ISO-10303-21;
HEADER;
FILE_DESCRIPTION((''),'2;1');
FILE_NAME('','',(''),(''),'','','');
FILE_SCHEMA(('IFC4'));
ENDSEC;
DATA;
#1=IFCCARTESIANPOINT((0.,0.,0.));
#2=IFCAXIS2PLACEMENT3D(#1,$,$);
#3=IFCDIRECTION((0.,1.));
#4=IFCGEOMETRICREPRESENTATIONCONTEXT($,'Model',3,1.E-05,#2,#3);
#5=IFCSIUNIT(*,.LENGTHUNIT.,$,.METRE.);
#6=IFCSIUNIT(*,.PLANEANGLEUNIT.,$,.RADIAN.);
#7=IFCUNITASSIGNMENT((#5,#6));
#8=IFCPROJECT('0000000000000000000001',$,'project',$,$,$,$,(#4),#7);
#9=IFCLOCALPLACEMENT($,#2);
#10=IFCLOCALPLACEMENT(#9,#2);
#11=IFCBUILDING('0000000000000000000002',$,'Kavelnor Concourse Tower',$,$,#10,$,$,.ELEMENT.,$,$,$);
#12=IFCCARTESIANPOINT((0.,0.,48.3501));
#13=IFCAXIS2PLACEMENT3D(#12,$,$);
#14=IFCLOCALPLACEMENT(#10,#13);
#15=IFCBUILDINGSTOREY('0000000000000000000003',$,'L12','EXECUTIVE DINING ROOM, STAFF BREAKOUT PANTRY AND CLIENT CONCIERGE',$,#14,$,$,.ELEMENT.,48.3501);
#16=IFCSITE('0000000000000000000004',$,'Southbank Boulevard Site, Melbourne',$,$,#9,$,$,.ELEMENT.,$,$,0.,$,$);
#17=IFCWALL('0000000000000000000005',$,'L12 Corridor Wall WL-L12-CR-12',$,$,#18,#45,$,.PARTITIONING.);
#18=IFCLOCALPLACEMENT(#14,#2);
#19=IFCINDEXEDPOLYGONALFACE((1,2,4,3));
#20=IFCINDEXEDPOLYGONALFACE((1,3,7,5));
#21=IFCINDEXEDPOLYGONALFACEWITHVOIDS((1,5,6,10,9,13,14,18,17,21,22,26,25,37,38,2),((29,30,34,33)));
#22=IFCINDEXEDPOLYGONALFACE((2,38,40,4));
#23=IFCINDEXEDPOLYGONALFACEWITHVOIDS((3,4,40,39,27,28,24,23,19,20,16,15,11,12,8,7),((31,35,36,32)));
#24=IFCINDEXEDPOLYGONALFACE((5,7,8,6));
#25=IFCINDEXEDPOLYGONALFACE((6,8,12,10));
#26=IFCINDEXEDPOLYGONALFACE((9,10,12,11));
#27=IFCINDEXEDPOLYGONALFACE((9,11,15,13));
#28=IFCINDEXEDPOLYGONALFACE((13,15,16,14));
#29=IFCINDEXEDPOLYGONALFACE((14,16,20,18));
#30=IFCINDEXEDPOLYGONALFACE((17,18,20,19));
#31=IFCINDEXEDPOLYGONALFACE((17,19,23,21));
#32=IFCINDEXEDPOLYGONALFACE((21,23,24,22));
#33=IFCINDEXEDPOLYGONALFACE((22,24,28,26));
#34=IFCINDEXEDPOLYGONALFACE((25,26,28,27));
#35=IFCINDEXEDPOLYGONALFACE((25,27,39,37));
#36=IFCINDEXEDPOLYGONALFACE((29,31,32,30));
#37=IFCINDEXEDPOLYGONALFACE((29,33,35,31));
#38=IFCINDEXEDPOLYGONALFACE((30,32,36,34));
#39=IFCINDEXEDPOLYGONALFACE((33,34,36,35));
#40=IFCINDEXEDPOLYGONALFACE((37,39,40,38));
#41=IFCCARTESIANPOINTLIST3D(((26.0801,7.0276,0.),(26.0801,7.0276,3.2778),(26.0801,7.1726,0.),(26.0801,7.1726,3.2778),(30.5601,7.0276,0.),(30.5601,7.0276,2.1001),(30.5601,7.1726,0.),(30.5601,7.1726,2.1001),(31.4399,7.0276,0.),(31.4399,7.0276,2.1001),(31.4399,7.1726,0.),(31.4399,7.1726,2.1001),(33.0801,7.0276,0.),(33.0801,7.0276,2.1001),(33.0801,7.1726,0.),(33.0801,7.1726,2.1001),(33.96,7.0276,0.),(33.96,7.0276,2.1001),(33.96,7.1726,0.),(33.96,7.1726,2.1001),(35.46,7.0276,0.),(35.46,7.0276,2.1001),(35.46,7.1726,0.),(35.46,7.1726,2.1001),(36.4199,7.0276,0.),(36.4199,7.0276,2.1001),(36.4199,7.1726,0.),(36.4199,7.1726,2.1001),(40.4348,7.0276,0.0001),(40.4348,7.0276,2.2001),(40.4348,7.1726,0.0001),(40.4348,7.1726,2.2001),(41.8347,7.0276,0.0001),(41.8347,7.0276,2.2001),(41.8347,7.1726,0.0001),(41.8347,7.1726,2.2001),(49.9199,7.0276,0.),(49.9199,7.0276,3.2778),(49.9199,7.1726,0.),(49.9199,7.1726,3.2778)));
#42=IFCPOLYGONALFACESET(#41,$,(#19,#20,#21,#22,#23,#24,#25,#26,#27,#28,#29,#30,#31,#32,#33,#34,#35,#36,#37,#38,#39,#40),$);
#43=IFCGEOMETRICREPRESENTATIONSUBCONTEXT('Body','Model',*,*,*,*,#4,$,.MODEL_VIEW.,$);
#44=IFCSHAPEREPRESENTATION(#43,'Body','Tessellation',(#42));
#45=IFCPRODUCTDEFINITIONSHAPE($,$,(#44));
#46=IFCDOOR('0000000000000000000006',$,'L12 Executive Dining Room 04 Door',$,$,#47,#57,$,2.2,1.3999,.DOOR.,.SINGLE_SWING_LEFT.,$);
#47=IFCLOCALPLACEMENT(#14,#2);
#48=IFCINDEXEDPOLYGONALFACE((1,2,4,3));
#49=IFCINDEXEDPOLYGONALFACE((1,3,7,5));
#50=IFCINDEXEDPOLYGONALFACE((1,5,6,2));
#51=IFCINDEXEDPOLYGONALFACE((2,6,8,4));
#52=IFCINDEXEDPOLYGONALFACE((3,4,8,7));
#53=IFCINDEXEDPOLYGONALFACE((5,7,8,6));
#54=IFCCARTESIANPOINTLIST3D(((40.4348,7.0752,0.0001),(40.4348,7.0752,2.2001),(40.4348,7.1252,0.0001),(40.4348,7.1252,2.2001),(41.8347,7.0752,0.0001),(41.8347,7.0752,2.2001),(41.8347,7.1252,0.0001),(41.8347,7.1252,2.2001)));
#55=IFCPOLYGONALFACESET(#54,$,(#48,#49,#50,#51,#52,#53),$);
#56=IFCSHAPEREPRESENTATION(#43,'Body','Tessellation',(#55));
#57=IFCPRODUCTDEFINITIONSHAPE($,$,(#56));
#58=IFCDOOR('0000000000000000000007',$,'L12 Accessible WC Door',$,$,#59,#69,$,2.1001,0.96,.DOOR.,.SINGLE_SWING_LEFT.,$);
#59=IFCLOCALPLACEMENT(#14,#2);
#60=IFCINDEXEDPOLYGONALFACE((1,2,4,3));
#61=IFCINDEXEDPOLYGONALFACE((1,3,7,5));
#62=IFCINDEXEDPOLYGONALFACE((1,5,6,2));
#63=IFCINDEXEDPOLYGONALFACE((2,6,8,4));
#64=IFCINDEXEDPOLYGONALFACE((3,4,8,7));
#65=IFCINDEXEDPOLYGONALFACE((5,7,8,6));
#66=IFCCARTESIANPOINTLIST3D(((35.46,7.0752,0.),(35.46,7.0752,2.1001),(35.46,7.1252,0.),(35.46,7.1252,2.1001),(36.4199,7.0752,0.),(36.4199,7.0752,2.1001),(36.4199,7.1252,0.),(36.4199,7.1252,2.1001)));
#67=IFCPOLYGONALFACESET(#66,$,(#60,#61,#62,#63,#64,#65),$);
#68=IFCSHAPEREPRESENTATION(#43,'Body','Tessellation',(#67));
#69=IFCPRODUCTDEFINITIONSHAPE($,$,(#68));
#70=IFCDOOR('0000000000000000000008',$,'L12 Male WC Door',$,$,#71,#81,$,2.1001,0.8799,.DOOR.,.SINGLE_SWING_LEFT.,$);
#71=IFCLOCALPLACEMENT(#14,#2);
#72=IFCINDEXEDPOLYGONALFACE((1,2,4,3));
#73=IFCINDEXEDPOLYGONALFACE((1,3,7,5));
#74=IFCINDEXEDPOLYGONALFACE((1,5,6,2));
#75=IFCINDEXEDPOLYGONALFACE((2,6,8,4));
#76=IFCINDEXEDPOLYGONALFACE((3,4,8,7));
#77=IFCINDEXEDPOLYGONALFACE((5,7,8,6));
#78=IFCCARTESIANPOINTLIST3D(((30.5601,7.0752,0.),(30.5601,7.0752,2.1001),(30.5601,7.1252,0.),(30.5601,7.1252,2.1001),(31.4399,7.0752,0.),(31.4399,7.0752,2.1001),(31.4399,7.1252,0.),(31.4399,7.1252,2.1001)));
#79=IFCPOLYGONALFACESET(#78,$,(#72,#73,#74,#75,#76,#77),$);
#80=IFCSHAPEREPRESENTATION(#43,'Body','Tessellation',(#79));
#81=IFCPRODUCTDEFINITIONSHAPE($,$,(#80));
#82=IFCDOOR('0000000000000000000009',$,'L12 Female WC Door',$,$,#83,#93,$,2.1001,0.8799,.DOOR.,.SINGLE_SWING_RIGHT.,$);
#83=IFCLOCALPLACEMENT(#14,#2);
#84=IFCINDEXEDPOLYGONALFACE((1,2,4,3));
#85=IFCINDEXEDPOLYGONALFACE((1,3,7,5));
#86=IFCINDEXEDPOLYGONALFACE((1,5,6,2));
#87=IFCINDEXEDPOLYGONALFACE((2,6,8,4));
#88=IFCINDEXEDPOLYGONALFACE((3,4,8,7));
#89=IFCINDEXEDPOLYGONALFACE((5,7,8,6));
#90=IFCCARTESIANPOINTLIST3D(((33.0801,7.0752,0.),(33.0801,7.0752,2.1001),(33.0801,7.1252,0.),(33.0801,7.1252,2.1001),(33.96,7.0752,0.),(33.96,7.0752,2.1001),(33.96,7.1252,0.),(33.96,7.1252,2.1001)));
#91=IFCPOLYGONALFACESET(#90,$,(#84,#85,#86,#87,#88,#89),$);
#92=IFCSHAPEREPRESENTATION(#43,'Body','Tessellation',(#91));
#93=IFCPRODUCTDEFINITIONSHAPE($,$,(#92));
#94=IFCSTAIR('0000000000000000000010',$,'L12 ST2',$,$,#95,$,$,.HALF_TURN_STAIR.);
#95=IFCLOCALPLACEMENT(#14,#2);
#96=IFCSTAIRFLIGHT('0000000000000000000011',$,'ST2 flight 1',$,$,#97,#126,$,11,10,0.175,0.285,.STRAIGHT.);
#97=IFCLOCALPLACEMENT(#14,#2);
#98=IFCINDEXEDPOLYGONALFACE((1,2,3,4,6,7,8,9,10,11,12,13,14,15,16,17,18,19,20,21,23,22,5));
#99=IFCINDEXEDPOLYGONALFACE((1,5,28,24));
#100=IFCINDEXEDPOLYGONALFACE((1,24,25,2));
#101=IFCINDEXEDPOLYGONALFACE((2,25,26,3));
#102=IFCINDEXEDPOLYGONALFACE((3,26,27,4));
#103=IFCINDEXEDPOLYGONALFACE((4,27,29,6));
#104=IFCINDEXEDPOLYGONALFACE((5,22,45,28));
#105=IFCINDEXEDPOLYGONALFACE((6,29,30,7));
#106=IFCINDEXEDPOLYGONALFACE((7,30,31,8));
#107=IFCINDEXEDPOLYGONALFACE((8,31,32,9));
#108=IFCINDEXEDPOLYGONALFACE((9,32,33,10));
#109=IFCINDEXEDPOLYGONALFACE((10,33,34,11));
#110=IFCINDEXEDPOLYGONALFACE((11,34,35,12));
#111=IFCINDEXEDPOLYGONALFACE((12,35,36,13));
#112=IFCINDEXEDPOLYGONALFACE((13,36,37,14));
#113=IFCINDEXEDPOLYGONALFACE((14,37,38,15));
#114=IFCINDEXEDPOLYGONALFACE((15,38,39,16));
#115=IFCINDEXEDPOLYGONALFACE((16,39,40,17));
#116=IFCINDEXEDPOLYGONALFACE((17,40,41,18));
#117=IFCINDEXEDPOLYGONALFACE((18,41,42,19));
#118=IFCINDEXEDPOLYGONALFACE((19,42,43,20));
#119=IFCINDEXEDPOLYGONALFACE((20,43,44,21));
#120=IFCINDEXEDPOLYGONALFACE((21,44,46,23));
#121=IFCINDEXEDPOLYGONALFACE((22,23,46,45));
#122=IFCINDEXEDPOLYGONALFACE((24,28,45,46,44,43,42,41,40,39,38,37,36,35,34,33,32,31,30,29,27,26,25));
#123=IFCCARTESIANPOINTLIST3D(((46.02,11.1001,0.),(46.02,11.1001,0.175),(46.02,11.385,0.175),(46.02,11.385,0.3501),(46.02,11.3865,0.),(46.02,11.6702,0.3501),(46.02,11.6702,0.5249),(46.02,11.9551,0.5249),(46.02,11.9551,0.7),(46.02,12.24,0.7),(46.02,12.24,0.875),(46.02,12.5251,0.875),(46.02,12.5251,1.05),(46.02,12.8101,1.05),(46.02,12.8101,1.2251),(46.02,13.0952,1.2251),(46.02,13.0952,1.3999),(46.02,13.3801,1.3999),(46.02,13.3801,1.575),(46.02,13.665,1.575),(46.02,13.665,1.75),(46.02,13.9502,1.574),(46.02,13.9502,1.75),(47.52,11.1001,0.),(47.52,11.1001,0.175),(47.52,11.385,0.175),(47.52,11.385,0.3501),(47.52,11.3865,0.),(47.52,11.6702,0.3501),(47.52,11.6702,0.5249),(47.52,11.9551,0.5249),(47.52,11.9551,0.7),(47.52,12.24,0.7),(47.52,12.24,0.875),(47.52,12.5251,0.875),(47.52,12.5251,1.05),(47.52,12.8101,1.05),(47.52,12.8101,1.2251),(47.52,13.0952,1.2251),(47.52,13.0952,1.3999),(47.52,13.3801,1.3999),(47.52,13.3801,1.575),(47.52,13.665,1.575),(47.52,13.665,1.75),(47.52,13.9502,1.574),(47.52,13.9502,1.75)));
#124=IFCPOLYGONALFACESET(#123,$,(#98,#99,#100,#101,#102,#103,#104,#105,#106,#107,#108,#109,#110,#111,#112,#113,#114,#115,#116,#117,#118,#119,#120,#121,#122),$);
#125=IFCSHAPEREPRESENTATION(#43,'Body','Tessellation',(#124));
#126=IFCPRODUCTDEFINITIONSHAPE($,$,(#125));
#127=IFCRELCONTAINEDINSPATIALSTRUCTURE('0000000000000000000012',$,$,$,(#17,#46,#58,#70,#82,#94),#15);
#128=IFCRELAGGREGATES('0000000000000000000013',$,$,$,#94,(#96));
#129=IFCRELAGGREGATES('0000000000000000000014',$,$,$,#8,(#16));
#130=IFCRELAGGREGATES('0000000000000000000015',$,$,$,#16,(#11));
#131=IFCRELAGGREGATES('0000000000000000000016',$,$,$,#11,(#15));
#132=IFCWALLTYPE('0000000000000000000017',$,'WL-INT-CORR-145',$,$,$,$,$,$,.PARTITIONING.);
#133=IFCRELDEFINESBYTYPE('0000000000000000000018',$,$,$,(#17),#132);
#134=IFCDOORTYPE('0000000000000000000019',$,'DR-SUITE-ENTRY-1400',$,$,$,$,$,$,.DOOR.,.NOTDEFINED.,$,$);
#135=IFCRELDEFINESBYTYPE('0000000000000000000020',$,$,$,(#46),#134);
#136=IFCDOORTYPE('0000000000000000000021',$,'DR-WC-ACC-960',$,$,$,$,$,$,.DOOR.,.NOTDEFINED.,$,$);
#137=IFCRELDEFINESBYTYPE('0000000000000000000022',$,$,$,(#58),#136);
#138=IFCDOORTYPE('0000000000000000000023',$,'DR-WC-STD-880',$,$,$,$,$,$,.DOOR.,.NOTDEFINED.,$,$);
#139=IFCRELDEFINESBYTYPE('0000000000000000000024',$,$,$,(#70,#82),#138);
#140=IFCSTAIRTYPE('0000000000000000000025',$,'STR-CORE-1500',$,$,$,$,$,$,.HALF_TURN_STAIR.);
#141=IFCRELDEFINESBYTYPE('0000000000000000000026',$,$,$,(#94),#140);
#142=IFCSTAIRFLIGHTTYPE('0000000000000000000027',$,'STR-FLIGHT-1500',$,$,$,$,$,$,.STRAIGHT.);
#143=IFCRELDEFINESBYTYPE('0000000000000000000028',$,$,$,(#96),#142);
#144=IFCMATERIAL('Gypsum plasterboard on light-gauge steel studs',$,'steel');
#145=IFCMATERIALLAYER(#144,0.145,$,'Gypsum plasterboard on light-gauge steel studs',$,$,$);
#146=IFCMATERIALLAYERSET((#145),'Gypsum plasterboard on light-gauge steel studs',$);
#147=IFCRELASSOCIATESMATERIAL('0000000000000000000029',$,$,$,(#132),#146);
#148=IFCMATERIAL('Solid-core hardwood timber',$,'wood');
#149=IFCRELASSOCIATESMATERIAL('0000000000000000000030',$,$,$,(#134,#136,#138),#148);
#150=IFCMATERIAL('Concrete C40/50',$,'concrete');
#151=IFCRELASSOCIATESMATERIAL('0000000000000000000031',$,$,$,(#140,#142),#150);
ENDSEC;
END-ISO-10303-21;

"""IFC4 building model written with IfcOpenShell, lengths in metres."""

from ifc_helpers import new_model, si_unit, direction, frame, frame_2d, origin, place, context, subcontext, project, spatial, polyline, rectangle, outline, extrude, material, layer, layer_set, type_object, element, fill, aggregate, save


model = new_model("IFC4")

# Units and contexts
model_context = context("Model", 3, precision=1e-05, world=origin(), true_north=direction((0.0, 1.0)))
body_context = subcontext(model_context, "Body", "Model", "MODEL_VIEW")
ifc_project = project(units=[si_unit("LENGTHUNIT", "METRE"), si_unit("PLANEANGLEUNIT", "RADIAN")], contexts=[model_context])

# Site, building, storey
site_placement = place(None, origin())
site = spatial("IfcSite", under=ifc_project, at=site_placement, Name="Southbank Boulevard Site, Melbourne", CompositionType="ELEMENT", RefElevation=0.0)
building_placement = place(site_placement, origin())
building = spatial("IfcBuilding", under=site, at=building_placement, Name="Kavelnor Concourse Tower", CompositionType="ELEMENT")
storey_placement = place(building_placement, frame((0.0, 0.0, 48.3501)))
storey = spatial("IfcBuildingStorey", under=building, at=storey_placement, Name="L12", Description="EXECUTIVE DINING ROOM, STAFF BREAKOUT PANTRY AND CLIENT CONCIERGE", CompositionType="ELEMENT", Elevation=48.3501)

# Shared definitions
ifc_material_1 = material(Name="Gypsum plasterboard on light-gauge steel studs", Category="steel")
ifc_layer_1 = layer(ifc_material_1, 0.145, Name="Gypsum plasterboard on light-gauge steel studs")
ifc_layer_set_1 = layer_set([ifc_layer_1], Name="Gypsum plasterboard on light-gauge steel studs")
wall_type_1 = type_object("IfcWallType", Name="WL-INT-CORR-145", PredefinedType="PARTITIONING", material=ifc_layer_set_1)

# Wall, openings, doors
wall_1_placement = place(storey_placement, frame((49.9199, 7.1001, 0.0), z_axis=(0.0, 0.0, 1.0), x_axis=(-1.0, 0.0, 0.0)))
wall_1 = element("IfcWall", 1, at=wall_1_placement, inside=storey, type_object=wall_type_1, Name="L12 Corridor Wall WL-L12-CR-12", PredefinedType="PARTITIONING", context=body_context, shape_type="SweptSolid", body=[
    extrude(rectangle(XDim=23.8398, YDim=0.145, at=frame_2d((11.9199, 0.0))), origin(), (0.0, 0.0, 1.0), 3.2778),
])
opening_1_placement = place(wall_1_placement, frame((18.48, 0.0, 0.0)))
opening_1 = element("IfcOpeningElement", 2, at=opening_1_placement, cuts=wall_1, PredefinedType="OPENING", context=body_context, shape_type="SweptSolid", body=[
    extrude(rectangle(XDim=0.8799, YDim=2.1001, at=frame_2d((0.4399, 1.05))), frame((0.0, 0.0825, 0.0), z_axis=(0.0, -1.0, 0.0), x_axis=(1.0, 0.0, 0.0)), (0.0, 0.0, 1.0), 0.165),
])
opening_2_placement = place(wall_1_placement, frame((15.96, 0.0, 0.0)))
opening_2 = element("IfcOpeningElement", 3, at=opening_2_placement, cuts=wall_1, PredefinedType="OPENING", context=body_context, shape_type="SweptSolid", body=[
    extrude(rectangle(XDim=0.8799, YDim=2.1001, at=frame_2d((0.4399, 1.05))), frame((0.0, 0.0825, 0.0), z_axis=(0.0, -1.0, 0.0), x_axis=(1.0, 0.0, 0.0)), (0.0, 0.0, 1.0), 0.165),
])
opening_3_placement = place(wall_1_placement, frame((13.5, 0.0, 0.0)))
opening_3 = element("IfcOpeningElement", 4, at=opening_3_placement, cuts=wall_1, PredefinedType="OPENING", context=body_context, shape_type="SweptSolid", body=[
    extrude(rectangle(XDim=0.96, YDim=2.1001, at=frame_2d((0.48, 1.05))), frame((0.0, 0.0825, 0.0), z_axis=(0.0, -1.0, 0.0), x_axis=(1.0, 0.0, 0.0)), (0.0, 0.0, 1.0), 0.165),
])
opening_4_placement = place(wall_1_placement, frame((8.0852, 0.0, 0.0)))
opening_4 = element("IfcOpeningElement", 5, at=opening_4_placement, cuts=wall_1, PredefinedType="OPENING", context=body_context, shape_type="SweptSolid", body=[
    extrude(rectangle(XDim=1.3999, YDim=2.2, at=frame_2d((0.7, 1.1001))), frame((0.0, 0.0825, 0.0), z_axis=(0.0, -1.0, 0.0), x_axis=(1.0, 0.0, 0.0)), (0.0, 0.0, 1.0), 0.165),
])
ifc_material_2 = material(Name="Solid-core hardwood timber", Category="wood")
door_type_1 = type_object("IfcDoorType", Name="DR-SUITE-ENTRY-1400", OperationType="NOTDEFINED", PredefinedType="DOOR", material=ifc_material_2)
door_1_placement = place(opening_4_placement, origin())
door_1 = element("IfcDoor", 6, at=door_1_placement, inside=storey, type_object=door_type_1, Name="L12 Executive Dining Room 04 Door", OperationType="SINGLE_SWING_LEFT", OverallHeight=2.2, OverallWidth=1.3999, PredefinedType="DOOR", context=body_context, shape_type="SweptSolid", body=[
    extrude(rectangle(XDim=1.3999, YDim=2.2, at=frame_2d((0.7, 1.1001))), frame((0.0, 0.0249, 0.0), z_axis=(0.0, -1.0, 0.0), x_axis=(1.0, 0.0, 0.0)), (0.0, 0.0, 1.0), 0.05),
])
fill(opening_4, door_1)
door_type_2 = type_object("IfcDoorType", Name="DR-WC-ACC-960", OperationType="NOTDEFINED", PredefinedType="DOOR", material=ifc_material_2)
door_2_placement = place(opening_3_placement, origin())
door_2 = element("IfcDoor", 7, at=door_2_placement, inside=storey, type_object=door_type_2, Name="L12 Accessible WC Door", OperationType="SINGLE_SWING_LEFT", OverallHeight=2.1001, OverallWidth=0.96, PredefinedType="DOOR", context=body_context, shape_type="SweptSolid", body=[
    extrude(rectangle(XDim=0.96, YDim=2.1001, at=frame_2d((0.48, 1.05))), frame((0.0, 0.0249, 0.0), z_axis=(0.0, -1.0, 0.0), x_axis=(1.0, 0.0, 0.0)), (0.0, 0.0, 1.0), 0.05),
])
fill(opening_3, door_2)
door_type_3 = type_object("IfcDoorType", Name="DR-WC-STD-880", OperationType="NOTDEFINED", PredefinedType="DOOR", material=ifc_material_2)
door_3_placement = place(opening_1_placement, origin())
door_3 = element("IfcDoor", 8, at=door_3_placement, inside=storey, type_object=door_type_3, Name="L12 Male WC Door", OperationType="SINGLE_SWING_LEFT", OverallHeight=2.1001, OverallWidth=0.8799, PredefinedType="DOOR", context=body_context, shape_type="SweptSolid", body=[
    extrude(rectangle(XDim=0.8799, YDim=2.1001, at=frame_2d((0.4399, 1.05))), frame((0.0, 0.0249, 0.0), z_axis=(0.0, -1.0, 0.0), x_axis=(1.0, 0.0, 0.0)), (0.0, 0.0, 1.0), 0.05),
])
fill(opening_1, door_3)
door_4_placement = place(opening_2_placement, origin())
door_4 = element("IfcDoor", 9, at=door_4_placement, inside=storey, type_object=door_type_3, Name="L12 Female WC Door", OperationType="SINGLE_SWING_RIGHT", OverallHeight=2.1001, OverallWidth=0.8799, PredefinedType="DOOR", context=body_context, shape_type="SweptSolid", body=[
    extrude(rectangle(XDim=0.8799, YDim=2.1001, at=frame_2d((0.4399, 1.05))), frame((0.0, 0.0249, 0.0), z_axis=(0.0, -1.0, 0.0), x_axis=(1.0, 0.0, 0.0)), (0.0, 0.0, 1.0), 0.05),
])
fill(opening_2, door_4)

# Stair, stair flight
ifc_material_3 = material(Name="Concrete C40/50", Category="concrete")
stair_type = type_object("IfcStairType", Name="STR-CORE-1500", PredefinedType="HALF_TURN_STAIR", material=ifc_material_3)
stair_placement = place(storey_placement, origin())
stair = element("IfcStair", 10, at=stair_placement, inside=storey, type_object=stair_type, Name="L12 ST2", PredefinedType="HALF_TURN_STAIR")
stair_flight_type = type_object("IfcStairFlightType", Name="STR-FLIGHT-1500", PredefinedType="STRAIGHT", material=ifc_material_3)
stair_flight_placement = place(storey_placement, frame((46.77, 11.1001, 0.0), z_axis=(0.0, 0.0, 1.0), x_axis=(0.0, 1.0, 0.0)))
stair_flight = element("IfcStairFlight", 11, at=stair_flight_placement, type_object=stair_flight_type, Name="ST2 flight 1", NumberOfRisers=11, NumberOfTreads=10, PredefinedType="STRAIGHT", RiserHeight=0.175, TreadLength=0.285, context=body_context, shape_type="SweptSolid", body=[
    extrude(outline(polyline([(0.0, 0.0), (0.0, 0.175), (0.2849, 0.175), (0.2849, 0.3501), (0.5701, 0.3501), (0.5701, 0.5249), (0.855, 0.5249), (0.855, 0.7), (1.1399, 0.7), (1.1399, 0.875), (1.425, 0.875), (1.425, 1.05), (1.71, 1.05), (1.71, 1.2251), (1.9951, 1.2251), (1.9951, 1.3999), (2.28, 1.3999), (2.28, 1.575), (2.5649, 1.575), (2.5649, 1.75), (2.8501, 1.75), (2.8501, 1.925), (2.8501, 1.574), (0.2864, 0.0), (0.0, 0.0)])), frame((0.0, 0.75, 0.0), z_axis=(0.0, -1.0, 0.0), x_axis=(1.0, 0.0, 0.0)), (0.0, 0.0, 1.0), 1.5),
])
aggregate(stair, [stair_flight])

save(model, "model.ifc")
